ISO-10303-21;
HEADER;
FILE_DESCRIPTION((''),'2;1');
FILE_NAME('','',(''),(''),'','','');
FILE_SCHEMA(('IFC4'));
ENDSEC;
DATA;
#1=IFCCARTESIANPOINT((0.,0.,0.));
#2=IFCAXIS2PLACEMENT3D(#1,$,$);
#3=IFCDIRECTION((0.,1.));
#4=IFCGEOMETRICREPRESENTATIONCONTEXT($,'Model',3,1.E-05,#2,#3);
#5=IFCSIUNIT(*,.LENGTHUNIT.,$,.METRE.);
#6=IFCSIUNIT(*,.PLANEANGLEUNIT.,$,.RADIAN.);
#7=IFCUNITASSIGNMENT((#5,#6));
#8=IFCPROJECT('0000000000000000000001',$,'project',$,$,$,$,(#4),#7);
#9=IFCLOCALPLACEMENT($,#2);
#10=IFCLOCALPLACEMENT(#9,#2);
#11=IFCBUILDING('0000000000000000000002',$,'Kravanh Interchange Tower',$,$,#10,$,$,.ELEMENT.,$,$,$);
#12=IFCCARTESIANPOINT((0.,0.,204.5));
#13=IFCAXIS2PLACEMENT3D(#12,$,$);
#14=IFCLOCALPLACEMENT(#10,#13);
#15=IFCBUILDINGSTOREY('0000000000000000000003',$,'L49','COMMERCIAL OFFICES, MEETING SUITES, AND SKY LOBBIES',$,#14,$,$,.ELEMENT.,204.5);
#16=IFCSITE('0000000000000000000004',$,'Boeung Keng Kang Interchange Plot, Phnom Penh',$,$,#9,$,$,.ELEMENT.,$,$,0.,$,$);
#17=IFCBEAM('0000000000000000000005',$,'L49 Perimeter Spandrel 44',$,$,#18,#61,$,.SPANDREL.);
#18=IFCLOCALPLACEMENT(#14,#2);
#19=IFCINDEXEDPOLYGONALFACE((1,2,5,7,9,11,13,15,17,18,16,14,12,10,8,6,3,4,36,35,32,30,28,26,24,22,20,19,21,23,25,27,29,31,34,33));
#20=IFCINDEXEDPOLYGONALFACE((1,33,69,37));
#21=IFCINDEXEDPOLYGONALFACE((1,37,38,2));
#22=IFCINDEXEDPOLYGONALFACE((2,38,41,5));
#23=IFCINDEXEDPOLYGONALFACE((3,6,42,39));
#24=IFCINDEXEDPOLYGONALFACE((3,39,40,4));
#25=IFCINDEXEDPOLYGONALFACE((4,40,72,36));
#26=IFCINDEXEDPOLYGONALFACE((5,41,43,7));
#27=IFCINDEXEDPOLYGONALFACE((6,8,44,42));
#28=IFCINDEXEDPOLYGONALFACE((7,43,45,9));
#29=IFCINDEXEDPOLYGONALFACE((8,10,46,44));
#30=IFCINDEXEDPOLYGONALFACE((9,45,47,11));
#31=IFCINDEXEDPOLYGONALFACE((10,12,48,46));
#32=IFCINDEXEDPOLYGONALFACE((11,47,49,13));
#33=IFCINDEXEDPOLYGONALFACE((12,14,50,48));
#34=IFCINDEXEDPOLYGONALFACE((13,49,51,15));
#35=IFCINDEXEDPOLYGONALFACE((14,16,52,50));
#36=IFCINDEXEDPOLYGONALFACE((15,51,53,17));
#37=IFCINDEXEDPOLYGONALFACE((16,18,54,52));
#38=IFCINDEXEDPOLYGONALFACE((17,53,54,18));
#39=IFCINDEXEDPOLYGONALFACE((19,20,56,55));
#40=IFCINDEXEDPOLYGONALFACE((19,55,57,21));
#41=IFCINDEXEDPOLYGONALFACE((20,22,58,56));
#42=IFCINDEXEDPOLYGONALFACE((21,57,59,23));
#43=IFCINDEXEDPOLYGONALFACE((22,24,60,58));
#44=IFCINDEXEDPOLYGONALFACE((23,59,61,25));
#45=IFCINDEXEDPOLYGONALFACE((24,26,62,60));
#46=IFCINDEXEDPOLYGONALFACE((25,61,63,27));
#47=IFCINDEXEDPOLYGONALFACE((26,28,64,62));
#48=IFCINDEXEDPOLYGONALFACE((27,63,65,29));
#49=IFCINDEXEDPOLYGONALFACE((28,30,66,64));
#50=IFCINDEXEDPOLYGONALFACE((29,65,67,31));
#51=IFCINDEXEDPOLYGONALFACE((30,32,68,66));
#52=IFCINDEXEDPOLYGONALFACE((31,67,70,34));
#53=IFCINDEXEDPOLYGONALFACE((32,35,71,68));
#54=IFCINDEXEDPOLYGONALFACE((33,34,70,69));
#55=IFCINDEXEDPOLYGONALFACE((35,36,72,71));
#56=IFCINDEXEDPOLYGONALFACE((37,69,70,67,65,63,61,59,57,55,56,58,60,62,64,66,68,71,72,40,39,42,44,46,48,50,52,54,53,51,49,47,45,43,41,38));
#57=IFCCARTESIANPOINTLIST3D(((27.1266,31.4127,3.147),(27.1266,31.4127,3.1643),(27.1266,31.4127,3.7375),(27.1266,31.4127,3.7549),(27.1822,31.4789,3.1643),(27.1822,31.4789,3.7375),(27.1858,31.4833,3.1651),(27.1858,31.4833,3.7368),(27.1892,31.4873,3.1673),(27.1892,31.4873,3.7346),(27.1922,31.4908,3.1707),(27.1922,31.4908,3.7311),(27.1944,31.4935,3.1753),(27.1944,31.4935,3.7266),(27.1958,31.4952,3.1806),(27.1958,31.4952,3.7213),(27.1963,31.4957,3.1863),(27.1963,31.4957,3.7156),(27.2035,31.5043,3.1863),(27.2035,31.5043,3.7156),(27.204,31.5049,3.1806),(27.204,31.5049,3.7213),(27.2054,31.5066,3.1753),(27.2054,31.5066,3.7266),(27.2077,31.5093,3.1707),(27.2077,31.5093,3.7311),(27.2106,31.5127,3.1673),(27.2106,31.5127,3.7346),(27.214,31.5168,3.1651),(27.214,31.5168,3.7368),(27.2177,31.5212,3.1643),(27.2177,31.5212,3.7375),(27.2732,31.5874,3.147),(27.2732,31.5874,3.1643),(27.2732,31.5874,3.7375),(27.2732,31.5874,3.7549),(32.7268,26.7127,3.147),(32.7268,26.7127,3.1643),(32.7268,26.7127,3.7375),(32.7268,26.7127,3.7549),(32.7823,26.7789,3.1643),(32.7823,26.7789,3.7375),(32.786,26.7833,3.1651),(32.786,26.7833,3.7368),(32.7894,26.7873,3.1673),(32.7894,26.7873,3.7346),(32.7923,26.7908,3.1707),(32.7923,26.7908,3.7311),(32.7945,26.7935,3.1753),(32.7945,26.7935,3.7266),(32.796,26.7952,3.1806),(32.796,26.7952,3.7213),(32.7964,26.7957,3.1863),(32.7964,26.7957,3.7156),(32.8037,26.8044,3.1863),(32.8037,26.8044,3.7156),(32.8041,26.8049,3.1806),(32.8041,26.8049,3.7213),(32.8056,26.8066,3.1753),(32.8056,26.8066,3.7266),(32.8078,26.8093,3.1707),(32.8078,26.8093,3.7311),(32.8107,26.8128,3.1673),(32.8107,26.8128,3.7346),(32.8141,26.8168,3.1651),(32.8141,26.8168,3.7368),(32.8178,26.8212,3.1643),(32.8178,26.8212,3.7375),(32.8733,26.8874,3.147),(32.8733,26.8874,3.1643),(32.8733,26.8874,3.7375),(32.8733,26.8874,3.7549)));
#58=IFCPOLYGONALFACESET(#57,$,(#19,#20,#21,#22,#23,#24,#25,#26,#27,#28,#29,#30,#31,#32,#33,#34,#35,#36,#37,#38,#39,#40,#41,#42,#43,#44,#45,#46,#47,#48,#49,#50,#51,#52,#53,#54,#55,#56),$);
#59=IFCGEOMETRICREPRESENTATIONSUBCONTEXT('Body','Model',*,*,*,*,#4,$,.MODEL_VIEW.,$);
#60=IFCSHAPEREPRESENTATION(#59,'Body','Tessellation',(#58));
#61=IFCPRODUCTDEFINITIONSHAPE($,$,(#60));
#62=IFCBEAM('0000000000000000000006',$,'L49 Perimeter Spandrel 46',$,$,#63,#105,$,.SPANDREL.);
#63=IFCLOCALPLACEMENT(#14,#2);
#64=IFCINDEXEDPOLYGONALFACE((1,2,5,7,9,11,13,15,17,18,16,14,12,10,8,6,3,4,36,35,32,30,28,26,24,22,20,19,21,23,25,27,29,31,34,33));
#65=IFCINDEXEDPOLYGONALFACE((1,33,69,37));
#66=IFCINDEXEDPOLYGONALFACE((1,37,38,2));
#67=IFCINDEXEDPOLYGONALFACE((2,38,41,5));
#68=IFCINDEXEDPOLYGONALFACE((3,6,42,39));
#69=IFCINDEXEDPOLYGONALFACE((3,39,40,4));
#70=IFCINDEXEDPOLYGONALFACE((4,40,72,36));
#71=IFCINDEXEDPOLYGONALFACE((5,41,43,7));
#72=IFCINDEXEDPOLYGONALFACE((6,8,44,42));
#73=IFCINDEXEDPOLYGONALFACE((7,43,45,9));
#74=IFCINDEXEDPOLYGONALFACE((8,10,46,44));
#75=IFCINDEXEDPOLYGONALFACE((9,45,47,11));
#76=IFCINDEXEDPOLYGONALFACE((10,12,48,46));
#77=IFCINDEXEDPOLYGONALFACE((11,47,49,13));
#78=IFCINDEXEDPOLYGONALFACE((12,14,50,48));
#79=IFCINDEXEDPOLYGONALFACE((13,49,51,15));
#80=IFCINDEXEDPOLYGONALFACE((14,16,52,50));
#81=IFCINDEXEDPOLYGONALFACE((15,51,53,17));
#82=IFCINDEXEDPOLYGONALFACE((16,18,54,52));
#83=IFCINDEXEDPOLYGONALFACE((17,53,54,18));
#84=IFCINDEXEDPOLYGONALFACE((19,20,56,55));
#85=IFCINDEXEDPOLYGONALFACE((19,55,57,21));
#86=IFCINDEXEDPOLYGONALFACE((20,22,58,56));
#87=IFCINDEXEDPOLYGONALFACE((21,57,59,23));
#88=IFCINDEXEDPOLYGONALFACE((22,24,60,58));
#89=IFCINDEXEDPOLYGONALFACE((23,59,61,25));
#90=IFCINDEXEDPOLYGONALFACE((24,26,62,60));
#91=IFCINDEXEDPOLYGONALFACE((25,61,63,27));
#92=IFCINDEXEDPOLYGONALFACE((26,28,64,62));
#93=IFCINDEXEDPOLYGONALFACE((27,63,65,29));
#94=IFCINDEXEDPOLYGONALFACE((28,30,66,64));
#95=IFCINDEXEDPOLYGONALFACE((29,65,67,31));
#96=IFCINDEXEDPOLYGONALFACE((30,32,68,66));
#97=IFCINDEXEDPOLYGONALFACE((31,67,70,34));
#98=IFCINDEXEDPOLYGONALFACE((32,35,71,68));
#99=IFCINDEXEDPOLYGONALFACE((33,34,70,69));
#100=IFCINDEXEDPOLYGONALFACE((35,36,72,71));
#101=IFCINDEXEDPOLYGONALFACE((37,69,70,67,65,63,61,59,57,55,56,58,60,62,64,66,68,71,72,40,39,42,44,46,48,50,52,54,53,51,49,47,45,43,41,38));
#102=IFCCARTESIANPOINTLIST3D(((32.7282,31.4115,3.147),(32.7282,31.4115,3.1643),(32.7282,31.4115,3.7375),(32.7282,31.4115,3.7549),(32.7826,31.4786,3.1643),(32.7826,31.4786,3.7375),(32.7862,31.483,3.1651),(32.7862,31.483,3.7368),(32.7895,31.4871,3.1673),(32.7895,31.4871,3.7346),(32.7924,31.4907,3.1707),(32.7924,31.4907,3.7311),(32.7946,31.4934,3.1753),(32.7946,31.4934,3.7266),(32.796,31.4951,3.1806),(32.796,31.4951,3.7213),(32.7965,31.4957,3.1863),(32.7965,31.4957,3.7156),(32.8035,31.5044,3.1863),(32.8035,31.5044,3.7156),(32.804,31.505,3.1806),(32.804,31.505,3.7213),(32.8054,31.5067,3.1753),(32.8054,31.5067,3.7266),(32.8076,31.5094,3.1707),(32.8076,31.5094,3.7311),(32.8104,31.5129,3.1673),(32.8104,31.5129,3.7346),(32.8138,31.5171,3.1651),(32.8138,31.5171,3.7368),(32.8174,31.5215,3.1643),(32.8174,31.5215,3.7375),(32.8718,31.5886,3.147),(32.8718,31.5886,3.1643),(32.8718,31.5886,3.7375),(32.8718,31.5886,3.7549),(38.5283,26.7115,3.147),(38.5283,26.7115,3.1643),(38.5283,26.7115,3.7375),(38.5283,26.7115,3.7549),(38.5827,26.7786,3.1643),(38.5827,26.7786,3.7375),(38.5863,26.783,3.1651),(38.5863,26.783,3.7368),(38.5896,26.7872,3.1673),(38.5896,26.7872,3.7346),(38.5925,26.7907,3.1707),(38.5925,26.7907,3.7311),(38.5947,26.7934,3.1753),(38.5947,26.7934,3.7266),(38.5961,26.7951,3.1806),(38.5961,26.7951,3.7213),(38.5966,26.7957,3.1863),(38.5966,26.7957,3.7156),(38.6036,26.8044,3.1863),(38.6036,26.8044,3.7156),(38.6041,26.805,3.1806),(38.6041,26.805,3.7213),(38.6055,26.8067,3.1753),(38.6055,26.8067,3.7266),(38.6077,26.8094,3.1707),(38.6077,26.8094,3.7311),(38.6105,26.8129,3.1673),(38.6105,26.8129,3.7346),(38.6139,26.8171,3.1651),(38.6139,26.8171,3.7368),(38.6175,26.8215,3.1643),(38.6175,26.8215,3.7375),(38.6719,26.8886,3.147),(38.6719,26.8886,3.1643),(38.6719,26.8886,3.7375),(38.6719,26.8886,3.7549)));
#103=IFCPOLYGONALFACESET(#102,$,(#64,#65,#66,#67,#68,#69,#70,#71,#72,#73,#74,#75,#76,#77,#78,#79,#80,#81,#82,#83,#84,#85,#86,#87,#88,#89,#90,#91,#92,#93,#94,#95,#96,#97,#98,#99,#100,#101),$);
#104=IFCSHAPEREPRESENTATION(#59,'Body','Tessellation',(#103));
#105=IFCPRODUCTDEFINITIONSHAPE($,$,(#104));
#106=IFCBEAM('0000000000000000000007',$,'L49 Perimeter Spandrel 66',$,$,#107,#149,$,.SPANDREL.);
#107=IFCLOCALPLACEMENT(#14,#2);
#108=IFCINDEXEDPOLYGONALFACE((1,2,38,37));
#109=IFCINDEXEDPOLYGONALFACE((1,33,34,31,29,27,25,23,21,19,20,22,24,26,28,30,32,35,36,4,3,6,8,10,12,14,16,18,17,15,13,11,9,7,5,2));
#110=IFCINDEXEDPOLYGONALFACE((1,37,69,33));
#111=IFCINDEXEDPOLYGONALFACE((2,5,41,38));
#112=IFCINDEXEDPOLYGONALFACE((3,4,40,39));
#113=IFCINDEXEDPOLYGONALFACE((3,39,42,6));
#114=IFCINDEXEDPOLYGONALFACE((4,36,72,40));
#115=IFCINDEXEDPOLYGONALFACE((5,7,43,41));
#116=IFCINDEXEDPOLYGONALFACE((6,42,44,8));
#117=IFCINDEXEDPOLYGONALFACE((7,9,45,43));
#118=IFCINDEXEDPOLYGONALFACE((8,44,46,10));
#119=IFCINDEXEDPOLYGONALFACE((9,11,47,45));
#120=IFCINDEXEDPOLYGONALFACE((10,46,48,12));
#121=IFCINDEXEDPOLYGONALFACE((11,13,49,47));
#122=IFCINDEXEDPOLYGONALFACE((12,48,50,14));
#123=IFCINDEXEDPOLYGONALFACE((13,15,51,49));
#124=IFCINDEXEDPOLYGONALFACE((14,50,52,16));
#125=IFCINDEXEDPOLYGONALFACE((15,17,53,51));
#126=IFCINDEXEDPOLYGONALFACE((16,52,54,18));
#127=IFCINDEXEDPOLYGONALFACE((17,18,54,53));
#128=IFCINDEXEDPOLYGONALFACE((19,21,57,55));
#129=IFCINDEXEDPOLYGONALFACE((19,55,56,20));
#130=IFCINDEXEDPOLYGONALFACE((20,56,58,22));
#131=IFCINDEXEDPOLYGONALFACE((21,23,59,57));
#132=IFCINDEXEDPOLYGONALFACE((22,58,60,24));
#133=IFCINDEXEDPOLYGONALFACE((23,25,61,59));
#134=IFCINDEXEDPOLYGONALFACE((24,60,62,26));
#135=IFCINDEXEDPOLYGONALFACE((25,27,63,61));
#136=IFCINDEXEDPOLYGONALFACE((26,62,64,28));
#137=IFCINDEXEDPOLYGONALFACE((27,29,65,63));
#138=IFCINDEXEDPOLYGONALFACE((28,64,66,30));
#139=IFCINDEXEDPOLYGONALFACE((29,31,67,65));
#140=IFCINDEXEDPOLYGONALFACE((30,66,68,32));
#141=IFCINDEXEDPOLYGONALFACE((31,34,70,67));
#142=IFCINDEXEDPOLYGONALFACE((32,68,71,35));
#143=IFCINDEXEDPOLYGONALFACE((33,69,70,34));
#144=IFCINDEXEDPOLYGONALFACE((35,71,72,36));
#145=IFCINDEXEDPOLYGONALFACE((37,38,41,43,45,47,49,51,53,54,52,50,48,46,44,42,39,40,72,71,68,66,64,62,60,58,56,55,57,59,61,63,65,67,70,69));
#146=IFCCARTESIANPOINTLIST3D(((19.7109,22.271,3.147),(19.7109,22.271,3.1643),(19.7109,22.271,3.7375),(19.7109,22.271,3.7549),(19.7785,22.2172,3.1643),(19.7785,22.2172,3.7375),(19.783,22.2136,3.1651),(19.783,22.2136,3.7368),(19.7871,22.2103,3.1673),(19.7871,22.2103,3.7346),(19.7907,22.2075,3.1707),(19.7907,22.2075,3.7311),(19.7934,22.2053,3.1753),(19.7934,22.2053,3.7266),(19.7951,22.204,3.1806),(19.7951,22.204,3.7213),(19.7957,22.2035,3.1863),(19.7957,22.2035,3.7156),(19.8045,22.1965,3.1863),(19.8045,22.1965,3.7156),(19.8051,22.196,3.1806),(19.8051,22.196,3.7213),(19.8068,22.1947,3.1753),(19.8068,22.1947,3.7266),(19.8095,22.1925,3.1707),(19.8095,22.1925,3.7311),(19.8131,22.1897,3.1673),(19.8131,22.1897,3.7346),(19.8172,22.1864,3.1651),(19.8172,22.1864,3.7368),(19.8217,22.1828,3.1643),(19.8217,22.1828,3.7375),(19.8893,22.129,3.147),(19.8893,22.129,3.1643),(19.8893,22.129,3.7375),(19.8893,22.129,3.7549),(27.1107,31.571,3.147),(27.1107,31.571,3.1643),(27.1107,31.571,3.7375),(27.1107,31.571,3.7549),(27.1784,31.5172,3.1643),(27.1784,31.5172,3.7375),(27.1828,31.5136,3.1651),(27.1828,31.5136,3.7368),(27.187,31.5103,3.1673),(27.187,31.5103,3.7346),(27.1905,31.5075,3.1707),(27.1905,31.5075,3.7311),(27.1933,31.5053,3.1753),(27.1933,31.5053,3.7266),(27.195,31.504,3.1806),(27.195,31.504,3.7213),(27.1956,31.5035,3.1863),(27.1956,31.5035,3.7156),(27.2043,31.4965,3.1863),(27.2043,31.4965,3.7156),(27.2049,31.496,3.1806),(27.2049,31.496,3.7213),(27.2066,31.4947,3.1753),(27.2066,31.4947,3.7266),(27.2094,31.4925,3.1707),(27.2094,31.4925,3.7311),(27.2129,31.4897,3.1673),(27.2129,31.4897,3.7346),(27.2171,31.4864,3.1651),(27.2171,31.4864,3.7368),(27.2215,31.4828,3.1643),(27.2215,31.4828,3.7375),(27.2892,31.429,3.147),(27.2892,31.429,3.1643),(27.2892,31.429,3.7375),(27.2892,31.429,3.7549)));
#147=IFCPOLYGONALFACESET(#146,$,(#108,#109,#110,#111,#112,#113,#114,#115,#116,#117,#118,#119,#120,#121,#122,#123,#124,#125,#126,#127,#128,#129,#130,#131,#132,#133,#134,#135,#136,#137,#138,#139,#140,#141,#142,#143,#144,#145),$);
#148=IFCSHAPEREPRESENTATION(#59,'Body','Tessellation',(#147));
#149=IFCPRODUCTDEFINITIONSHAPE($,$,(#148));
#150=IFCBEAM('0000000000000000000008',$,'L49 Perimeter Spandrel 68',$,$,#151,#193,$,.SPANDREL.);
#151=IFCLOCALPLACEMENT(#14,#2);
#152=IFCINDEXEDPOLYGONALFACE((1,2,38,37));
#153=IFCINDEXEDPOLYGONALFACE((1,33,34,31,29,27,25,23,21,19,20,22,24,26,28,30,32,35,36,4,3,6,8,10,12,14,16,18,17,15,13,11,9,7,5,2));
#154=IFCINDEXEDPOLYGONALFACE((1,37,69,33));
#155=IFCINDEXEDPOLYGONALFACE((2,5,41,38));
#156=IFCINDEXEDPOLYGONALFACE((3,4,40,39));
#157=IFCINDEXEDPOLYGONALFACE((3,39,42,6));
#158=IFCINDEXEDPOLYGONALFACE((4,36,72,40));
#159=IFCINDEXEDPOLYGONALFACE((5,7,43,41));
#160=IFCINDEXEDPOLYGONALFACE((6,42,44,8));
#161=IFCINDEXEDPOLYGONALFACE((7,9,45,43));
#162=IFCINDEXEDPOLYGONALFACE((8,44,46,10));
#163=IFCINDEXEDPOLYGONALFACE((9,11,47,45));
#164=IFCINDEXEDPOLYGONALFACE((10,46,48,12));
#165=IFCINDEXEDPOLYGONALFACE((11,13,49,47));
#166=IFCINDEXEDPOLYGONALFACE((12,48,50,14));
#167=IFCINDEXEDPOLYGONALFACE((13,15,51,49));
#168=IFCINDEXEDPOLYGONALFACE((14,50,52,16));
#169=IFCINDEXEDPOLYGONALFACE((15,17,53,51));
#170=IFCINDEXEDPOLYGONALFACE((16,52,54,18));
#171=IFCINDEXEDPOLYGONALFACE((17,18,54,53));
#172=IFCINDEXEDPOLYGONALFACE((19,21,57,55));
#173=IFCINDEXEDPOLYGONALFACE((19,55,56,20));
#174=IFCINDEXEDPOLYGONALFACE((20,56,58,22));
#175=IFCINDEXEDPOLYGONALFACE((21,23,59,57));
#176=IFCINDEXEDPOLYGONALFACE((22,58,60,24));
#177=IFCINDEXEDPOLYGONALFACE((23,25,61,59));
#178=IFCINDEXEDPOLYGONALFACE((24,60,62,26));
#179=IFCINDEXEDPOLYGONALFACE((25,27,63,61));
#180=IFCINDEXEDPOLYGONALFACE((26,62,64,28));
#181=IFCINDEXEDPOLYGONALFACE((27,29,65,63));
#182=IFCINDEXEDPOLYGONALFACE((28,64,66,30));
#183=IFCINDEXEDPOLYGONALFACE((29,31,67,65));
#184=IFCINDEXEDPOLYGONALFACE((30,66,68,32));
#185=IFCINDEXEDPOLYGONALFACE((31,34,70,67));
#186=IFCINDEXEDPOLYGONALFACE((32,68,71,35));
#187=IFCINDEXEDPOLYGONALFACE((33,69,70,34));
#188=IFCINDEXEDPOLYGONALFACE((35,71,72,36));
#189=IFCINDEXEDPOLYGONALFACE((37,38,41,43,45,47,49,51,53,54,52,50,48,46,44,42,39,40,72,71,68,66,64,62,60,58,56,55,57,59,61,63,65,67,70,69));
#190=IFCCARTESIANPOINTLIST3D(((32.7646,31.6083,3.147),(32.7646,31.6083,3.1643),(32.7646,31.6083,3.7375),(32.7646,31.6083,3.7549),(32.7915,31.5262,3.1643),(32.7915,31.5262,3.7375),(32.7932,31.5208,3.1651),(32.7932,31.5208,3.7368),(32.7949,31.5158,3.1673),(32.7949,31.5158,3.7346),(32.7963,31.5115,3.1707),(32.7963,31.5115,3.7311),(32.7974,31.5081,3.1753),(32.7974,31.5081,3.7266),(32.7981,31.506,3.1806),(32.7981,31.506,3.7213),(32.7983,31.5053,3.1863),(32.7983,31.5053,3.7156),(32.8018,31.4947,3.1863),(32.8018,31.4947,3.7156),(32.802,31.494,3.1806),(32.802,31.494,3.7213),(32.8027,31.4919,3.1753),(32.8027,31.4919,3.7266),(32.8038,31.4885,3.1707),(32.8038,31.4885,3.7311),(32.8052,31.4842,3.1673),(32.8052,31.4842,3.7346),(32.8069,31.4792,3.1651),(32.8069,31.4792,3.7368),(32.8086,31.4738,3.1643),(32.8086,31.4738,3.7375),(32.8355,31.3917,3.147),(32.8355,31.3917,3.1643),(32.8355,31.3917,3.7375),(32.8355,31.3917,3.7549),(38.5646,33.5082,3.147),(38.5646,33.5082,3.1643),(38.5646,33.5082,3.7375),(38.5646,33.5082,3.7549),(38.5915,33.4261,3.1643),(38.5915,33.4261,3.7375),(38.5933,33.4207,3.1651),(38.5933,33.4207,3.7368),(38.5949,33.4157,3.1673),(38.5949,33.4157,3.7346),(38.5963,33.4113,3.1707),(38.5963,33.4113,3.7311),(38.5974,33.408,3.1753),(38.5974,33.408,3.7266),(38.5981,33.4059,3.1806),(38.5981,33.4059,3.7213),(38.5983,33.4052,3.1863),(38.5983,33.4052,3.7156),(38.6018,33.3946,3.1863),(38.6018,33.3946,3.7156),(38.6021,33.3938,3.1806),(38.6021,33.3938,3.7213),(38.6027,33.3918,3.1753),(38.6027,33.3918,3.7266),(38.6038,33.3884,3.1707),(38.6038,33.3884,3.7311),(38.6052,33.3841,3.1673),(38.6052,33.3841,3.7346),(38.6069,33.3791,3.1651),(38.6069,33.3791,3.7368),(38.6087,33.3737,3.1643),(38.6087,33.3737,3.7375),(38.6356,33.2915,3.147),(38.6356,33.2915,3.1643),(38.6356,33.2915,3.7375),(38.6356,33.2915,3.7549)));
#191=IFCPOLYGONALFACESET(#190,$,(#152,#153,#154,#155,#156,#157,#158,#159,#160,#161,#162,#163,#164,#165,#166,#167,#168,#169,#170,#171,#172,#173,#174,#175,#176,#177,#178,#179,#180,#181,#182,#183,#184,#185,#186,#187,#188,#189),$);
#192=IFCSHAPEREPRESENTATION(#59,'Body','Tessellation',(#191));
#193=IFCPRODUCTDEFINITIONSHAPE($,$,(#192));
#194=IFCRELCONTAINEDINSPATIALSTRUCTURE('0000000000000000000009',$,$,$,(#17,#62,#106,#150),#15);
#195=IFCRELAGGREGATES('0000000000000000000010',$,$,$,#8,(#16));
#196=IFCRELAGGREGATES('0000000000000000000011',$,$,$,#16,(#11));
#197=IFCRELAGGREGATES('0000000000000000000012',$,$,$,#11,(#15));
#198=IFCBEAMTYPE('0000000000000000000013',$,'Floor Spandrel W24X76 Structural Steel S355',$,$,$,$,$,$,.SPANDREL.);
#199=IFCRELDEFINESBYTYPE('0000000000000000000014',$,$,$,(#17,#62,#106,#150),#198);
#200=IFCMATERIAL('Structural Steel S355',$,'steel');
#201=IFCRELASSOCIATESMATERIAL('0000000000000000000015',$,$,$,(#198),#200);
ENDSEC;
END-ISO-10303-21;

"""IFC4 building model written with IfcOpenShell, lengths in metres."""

from ifc_helpers import new_model, si_unit, direction, frame, origin, origin_2d, place, context, subcontext, project, spatial, i_section, extrude, material, material_profile, profile_set, type_object, element, save


model = new_model("IFC4")

# Units and contexts
model_context = context("Model", 3, precision=1e-05, world=origin(), true_north=direction((0.0, 1.0)))
body_context = subcontext(model_context, "Body", "Model", "MODEL_VIEW")
ifc_project = project(units=[si_unit("LENGTHUNIT", "METRE"), si_unit("PLANEANGLEUNIT", "RADIAN")], contexts=[model_context])

# Site, building, storey
site_placement = place(None, origin())
site = spatial("IfcSite", under=ifc_project, at=site_placement, Name="Boeung Keng Kang Interchange Plot, Phnom Penh", CompositionType="ELEMENT", RefElevation=0.0)
building_placement = place(site_placement, origin())
building = spatial("IfcBuilding", under=site, at=building_placement, Name="Kravanh Interchange Tower", CompositionType="ELEMENT")
storey_placement = place(building_placement, frame((0.0, 0.0, 204.5)))
storey = spatial("IfcBuildingStorey", under=building, at=storey_placement, Name="L49", Description="COMMERCIAL OFFICES, MEETING SUITES, AND SKY LOBBIES", CompositionType="ELEMENT", Elevation=204.5)

# Beams
ifc_material_1 = material(Name="Structural Steel S355", Category="steel")
ifc_material_profile_1 = material_profile(ifc_material_1, i_section(OverallWidth=0.228, OverallDepth=0.6079, WebThickness=0.0112, FlangeThickness=0.0173, FilletRadius=0.022, at=origin_2d()), Name="W24X76")
ifc_profile_set_1 = profile_set([ifc_material_profile_1], Name="Structural Steel S355")
beam_type_1 = type_object("IfcBeamType", Name="Floor Spandrel W24X76 Structural Steel S355", PredefinedType="SPANDREL", material=ifc_profile_set_1)
beam_1_placement = place(storey_placement, frame((32.8, 26.8, 3.4509), z_axis=(-0.765983, 0.642861, 0.0), x_axis=(-0.642861, -0.765983, 0.0)))
element("IfcBeam", 1, at=beam_1_placement, inside=storey, type_object=beam_type_1, Name="L49 Perimeter Spandrel 44", PredefinedType="SPANDREL", context=body_context, shape_type="SweptSolid", body=[
    extrude(i_section(OverallWidth=0.228, OverallDepth=0.6079, WebThickness=0.0112, FlangeThickness=0.0173, FilletRadius=0.022, at=origin_2d()), origin(), (0.0, 0.0, 1.0), 7.311),
])
beam_2_placement = place(storey_placement, frame((38.6001, 26.8, 3.4509), z_axis=(-0.776939, 0.629576, 0.0), x_axis=(-0.629576, -0.776939, 0.0)))
element("IfcBeam", 2, at=beam_2_placement, inside=storey, type_object=beam_type_1, Name="L49 Perimeter Spandrel 46", PredefinedType="SPANDREL", context=body_context, shape_type="SweptSolid", body=[
    extrude(i_section(OverallWidth=0.228, OverallDepth=0.6079, WebThickness=0.0112, FlangeThickness=0.0173, FilletRadius=0.022, at=origin_2d()), origin(), (0.0, 0.0, 1.0), 7.4653),
])
beam_3_placement = place(storey_placement, frame((27.2, 31.5, 3.4509), z_axis=(-0.622634, -0.782513, 0.0), x_axis=(0.782513, -0.622634, 0.0)))
element("IfcBeam", 3, at=beam_3_placement, inside=storey, type_object=beam_type_1, Name="L49 Perimeter Spandrel 66", PredefinedType="SPANDREL", context=body_context, shape_type="SweptSolid", body=[
    extrude(i_section(OverallWidth=0.228, OverallDepth=0.6079, WebThickness=0.0112, FlangeThickness=0.0173, FilletRadius=0.022, at=origin_2d()), origin(), (0.0, 0.0, 1.0), 11.8848),
])
beam_4_placement = place(storey_placement, frame((32.8, 31.5, 3.4509), z_axis=(0.950315, 0.311291, 0.0), x_axis=(-0.311291, 0.950315, 0.0)))
element("IfcBeam", 4, at=beam_4_placement, inside=storey, type_object=beam_type_1, Name="L49 Perimeter Spandrel 68", PredefinedType="SPANDREL", context=body_context, shape_type="SweptSolid", body=[
    extrude(i_section(OverallWidth=0.228, OverallDepth=0.6079, WebThickness=0.0112, FlangeThickness=0.0173, FilletRadius=0.022, at=origin_2d()), origin(), (0.0, 0.0, 1.0), 6.1033),
])

save(model, "model.ifc")
